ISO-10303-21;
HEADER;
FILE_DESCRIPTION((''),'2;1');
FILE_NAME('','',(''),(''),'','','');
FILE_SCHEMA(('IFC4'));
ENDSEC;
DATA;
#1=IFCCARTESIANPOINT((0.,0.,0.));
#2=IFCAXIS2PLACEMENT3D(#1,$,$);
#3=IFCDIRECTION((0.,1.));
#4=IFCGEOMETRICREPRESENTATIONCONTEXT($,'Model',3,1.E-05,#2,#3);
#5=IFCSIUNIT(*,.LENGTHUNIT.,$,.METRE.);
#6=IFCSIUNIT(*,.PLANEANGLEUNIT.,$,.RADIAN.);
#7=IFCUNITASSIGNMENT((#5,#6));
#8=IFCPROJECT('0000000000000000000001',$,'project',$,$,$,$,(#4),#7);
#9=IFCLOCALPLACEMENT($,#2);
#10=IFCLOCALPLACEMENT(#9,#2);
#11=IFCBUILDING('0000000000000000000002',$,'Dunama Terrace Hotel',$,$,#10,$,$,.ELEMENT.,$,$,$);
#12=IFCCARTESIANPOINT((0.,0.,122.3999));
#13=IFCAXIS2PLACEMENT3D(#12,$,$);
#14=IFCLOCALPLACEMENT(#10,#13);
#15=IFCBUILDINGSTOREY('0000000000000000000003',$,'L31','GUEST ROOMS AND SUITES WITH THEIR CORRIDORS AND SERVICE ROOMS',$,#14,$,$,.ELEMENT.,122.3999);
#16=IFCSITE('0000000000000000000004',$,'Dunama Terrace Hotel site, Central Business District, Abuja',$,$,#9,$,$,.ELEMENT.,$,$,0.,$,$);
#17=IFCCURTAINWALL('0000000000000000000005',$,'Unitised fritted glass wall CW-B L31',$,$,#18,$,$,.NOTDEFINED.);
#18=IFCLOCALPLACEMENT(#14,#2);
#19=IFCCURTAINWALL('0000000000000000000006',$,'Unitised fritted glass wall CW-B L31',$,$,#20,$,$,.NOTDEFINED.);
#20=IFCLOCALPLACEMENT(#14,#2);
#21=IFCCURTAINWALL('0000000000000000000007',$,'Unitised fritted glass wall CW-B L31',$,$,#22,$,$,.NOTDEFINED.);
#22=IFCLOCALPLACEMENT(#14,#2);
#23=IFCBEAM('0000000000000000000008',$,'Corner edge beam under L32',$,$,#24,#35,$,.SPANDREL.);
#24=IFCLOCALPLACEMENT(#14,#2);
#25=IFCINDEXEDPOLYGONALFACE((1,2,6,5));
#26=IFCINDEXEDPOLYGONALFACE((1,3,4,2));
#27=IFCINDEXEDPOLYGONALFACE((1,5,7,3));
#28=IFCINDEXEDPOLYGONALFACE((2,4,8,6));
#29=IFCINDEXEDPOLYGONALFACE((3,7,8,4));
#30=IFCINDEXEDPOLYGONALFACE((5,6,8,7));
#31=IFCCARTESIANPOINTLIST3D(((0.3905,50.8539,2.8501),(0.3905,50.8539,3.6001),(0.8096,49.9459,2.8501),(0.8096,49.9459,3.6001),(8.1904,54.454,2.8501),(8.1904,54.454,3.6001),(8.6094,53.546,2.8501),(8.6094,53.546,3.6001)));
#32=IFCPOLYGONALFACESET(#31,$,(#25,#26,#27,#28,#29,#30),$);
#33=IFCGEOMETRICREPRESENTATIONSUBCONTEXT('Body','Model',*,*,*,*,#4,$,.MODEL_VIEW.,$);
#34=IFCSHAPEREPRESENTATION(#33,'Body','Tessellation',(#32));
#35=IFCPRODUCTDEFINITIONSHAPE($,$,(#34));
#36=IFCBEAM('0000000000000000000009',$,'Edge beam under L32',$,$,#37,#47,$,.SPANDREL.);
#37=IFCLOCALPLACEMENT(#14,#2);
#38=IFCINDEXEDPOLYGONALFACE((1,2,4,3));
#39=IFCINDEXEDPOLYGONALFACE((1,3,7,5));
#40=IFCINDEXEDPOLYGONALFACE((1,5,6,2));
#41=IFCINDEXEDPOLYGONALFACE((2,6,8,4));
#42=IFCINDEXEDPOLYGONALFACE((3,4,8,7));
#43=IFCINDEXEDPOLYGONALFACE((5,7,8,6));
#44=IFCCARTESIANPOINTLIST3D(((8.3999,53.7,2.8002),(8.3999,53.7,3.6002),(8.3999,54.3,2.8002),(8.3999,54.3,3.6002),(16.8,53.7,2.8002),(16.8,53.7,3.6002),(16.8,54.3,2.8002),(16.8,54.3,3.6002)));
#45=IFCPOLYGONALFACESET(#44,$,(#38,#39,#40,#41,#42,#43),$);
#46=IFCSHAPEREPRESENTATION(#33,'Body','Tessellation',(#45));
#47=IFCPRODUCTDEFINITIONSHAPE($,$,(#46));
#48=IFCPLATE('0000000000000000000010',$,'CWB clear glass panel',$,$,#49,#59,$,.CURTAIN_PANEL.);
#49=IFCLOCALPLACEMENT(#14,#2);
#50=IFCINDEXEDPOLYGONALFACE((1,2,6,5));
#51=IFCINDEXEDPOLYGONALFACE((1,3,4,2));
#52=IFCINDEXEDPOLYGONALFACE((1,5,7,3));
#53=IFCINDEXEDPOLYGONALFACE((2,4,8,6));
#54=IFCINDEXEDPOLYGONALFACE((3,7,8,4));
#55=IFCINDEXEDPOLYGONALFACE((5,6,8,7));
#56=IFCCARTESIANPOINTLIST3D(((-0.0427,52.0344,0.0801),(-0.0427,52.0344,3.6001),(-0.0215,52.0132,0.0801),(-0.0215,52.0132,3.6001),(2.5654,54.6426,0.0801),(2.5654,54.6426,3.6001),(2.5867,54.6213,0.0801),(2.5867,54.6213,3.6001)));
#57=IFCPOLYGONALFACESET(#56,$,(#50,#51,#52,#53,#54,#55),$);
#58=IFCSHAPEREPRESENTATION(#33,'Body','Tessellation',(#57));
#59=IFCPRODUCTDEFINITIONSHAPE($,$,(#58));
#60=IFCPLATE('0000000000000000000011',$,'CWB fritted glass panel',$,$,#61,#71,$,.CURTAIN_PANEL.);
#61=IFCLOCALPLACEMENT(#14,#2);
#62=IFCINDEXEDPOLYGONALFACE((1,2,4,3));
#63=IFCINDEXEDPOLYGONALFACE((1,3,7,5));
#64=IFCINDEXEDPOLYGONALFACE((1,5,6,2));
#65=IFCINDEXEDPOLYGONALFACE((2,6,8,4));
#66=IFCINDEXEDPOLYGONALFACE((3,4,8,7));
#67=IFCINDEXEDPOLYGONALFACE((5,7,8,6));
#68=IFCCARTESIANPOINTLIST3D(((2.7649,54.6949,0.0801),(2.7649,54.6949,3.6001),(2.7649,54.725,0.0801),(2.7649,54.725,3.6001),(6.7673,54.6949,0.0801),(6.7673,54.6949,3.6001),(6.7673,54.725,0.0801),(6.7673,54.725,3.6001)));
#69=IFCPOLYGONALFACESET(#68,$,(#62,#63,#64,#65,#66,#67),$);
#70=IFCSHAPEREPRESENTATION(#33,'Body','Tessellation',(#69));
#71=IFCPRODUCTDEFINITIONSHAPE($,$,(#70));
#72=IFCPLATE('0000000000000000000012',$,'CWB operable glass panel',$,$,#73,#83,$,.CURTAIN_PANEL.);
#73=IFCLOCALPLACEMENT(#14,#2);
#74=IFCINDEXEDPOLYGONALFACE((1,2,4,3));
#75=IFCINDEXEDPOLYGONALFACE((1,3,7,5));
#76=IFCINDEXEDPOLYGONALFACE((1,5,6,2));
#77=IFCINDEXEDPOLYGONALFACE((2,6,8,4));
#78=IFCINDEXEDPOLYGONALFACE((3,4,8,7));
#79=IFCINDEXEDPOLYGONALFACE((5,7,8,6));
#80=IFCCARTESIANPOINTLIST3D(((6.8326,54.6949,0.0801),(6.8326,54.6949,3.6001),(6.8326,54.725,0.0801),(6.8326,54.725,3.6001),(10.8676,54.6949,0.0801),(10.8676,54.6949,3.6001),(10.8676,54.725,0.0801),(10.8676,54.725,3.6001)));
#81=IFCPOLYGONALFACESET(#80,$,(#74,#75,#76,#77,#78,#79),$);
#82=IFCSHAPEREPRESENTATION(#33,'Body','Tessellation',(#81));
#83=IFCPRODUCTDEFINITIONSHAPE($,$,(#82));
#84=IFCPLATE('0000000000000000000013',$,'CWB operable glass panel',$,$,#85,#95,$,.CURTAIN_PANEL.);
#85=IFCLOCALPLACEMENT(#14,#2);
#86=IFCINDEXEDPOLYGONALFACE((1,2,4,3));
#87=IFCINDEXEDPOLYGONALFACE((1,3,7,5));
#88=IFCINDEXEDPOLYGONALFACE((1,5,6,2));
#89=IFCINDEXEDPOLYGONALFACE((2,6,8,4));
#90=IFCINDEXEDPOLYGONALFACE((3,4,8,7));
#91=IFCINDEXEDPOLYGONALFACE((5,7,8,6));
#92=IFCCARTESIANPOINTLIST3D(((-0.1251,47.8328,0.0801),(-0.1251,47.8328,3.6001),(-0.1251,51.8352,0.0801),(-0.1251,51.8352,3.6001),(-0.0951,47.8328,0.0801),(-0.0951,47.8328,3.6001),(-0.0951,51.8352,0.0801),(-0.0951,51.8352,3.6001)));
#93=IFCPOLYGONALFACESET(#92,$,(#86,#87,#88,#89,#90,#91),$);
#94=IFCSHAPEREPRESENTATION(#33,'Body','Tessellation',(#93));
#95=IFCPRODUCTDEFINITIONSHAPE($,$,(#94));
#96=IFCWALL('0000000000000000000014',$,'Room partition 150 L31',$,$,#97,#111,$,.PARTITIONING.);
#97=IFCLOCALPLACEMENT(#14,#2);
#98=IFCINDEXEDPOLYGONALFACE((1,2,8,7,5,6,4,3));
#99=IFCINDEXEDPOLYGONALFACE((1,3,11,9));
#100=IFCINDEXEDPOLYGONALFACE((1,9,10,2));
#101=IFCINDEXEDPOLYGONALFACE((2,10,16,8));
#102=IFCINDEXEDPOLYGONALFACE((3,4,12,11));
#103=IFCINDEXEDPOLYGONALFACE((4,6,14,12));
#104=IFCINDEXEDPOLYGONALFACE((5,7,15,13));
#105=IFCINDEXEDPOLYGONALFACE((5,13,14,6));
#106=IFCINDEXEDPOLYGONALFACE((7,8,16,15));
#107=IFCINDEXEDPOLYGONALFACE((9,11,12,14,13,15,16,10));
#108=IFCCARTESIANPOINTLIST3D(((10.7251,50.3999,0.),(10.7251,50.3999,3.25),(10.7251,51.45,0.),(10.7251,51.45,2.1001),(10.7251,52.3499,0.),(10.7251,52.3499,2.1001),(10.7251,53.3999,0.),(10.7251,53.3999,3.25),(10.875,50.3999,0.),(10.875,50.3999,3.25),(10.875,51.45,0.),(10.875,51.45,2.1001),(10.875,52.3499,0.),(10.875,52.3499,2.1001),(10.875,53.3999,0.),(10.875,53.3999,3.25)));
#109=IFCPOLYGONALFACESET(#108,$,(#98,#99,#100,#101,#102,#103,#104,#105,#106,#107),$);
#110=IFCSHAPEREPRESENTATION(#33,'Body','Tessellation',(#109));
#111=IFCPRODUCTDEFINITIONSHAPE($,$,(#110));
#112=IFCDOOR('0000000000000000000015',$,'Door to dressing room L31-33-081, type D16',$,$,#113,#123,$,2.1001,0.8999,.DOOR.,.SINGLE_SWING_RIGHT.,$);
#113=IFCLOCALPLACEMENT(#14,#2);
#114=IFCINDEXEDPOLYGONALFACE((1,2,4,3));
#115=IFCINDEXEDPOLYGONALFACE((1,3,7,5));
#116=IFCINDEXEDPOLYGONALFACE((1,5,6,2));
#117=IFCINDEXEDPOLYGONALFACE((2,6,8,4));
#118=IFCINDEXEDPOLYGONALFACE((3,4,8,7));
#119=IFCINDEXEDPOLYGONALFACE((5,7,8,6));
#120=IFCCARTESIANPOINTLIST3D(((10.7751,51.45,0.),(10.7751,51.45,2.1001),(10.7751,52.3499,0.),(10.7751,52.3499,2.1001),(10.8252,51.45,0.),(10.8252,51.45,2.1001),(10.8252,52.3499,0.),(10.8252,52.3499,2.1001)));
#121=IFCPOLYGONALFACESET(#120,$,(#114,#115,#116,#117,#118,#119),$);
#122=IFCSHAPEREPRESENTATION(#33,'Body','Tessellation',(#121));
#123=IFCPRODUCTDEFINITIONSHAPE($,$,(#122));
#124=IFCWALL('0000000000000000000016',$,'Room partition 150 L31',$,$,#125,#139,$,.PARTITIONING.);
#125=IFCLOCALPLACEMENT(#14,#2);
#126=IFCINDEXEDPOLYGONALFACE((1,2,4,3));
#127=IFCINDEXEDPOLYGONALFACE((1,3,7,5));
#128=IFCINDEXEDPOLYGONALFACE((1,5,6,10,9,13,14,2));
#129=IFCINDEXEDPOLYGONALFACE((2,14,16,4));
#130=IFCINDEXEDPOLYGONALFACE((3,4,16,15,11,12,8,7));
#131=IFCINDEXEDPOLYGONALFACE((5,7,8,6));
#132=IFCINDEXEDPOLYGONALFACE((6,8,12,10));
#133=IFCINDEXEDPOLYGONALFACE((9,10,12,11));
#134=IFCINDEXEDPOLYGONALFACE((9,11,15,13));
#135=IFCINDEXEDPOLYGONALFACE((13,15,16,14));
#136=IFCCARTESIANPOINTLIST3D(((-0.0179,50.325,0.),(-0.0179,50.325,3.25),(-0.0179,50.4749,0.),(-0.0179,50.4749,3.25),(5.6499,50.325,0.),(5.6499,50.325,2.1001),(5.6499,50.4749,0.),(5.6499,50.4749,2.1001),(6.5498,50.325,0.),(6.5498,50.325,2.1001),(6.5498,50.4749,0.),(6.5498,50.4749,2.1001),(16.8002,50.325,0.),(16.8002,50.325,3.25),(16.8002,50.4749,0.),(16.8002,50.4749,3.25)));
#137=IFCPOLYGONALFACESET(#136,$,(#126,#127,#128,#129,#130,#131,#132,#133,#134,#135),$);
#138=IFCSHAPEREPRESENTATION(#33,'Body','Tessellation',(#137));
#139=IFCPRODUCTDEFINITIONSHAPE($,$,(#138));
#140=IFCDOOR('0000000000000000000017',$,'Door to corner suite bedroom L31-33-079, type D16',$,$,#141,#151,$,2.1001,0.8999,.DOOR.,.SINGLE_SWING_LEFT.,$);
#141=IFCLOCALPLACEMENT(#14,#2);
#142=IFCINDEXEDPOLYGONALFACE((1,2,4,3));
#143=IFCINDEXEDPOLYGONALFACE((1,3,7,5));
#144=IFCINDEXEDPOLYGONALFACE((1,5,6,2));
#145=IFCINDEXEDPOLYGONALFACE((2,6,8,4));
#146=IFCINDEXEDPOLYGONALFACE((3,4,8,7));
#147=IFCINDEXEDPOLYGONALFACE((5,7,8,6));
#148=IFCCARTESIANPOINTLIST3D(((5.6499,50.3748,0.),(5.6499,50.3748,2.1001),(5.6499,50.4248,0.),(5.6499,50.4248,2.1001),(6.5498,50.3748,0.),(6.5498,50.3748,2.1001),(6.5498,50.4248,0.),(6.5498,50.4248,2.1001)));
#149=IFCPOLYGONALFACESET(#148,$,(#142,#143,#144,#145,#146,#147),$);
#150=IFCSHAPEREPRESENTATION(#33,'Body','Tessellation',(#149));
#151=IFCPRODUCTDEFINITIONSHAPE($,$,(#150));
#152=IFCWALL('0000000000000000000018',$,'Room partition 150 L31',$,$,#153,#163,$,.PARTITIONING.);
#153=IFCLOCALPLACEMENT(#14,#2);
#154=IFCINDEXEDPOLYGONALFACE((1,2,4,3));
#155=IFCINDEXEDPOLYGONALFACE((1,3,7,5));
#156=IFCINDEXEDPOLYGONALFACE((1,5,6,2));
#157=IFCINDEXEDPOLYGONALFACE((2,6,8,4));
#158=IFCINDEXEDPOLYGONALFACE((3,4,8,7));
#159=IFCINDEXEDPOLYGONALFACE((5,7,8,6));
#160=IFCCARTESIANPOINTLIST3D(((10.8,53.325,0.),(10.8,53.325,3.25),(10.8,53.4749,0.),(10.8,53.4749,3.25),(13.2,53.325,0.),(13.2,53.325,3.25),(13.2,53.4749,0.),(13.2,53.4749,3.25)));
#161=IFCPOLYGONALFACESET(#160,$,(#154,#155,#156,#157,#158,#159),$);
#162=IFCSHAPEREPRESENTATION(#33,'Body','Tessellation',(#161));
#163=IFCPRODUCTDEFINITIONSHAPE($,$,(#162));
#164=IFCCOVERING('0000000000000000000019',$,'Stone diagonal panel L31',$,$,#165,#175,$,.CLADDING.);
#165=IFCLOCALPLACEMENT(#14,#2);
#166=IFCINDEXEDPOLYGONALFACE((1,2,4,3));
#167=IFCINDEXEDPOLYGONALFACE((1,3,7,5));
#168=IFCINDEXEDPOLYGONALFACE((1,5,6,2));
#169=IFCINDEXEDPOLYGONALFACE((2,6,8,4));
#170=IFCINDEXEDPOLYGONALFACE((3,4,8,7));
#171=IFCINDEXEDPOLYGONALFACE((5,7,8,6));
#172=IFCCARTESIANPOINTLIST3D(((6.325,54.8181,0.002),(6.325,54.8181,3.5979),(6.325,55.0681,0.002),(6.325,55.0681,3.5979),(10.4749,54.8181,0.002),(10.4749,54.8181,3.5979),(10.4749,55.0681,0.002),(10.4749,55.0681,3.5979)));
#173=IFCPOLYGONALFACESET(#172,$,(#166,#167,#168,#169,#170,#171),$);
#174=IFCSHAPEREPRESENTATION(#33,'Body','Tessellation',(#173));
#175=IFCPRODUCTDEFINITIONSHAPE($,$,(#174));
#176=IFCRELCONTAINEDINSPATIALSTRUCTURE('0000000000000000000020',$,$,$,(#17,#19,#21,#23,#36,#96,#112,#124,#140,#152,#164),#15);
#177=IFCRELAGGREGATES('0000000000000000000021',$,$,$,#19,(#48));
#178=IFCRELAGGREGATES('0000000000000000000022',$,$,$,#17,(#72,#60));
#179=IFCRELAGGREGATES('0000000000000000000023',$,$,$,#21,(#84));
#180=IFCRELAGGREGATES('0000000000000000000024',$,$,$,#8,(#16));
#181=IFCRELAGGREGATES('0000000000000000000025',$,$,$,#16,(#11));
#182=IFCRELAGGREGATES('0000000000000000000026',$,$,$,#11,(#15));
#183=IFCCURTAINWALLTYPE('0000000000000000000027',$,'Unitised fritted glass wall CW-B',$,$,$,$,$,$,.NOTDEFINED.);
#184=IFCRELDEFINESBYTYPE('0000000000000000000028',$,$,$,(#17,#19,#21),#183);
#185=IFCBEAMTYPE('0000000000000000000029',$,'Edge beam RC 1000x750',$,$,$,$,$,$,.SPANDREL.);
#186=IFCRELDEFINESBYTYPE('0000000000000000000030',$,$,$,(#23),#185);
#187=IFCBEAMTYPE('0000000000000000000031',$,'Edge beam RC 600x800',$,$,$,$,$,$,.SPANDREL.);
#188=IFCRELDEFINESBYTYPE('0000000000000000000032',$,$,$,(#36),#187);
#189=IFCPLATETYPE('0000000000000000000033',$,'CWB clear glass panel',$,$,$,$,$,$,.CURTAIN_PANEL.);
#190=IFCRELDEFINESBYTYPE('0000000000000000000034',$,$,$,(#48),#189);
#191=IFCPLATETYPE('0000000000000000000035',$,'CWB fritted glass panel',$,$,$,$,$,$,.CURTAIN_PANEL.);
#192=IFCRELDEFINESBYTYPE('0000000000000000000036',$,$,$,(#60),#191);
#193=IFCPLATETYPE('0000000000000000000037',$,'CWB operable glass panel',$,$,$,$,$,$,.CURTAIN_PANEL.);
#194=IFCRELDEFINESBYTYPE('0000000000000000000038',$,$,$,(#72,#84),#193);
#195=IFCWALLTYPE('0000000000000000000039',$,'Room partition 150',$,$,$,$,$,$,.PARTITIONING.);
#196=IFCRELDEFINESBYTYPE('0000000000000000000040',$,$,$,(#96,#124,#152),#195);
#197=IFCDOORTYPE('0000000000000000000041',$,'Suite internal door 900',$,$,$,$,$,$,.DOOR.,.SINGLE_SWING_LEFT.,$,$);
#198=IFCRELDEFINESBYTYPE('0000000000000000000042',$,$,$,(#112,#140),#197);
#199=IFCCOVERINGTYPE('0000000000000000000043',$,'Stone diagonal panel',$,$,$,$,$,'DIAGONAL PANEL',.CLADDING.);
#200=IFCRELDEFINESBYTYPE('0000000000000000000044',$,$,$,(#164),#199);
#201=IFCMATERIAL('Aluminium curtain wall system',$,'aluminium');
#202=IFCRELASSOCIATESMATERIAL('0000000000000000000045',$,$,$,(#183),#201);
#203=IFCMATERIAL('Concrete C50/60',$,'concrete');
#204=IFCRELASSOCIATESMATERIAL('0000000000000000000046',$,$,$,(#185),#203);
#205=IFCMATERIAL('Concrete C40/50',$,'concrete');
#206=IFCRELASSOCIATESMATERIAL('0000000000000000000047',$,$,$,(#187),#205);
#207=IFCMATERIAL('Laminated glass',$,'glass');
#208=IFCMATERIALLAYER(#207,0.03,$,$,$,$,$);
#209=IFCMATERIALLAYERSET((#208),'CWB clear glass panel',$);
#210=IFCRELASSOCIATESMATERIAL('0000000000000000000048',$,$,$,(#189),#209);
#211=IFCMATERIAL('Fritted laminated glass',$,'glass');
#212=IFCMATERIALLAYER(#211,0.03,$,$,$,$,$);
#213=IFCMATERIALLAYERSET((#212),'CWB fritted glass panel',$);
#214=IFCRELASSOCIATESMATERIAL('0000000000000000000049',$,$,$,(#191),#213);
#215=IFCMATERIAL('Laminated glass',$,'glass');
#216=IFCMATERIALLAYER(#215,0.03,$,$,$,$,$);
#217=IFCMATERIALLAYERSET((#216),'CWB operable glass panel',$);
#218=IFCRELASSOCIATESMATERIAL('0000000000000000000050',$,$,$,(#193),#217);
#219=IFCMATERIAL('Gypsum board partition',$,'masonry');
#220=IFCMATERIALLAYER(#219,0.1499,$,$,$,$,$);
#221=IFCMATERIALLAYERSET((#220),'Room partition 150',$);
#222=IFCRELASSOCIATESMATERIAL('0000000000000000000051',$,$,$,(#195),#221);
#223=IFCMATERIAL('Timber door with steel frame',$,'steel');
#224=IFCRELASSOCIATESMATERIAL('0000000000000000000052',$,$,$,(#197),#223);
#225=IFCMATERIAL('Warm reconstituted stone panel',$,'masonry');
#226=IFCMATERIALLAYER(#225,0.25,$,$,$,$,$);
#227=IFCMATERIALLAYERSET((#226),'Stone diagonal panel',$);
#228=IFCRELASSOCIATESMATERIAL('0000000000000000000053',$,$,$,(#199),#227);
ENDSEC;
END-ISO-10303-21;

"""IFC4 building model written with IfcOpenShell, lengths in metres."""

from ifc_helpers import new_model, si_unit, direction, frame, frame_2d, origin, origin_2d, place, context, subcontext, project, spatial, rectangle, extrude, material, layer, layer_set, material_profile, profile_set, type_object, element, fill, aggregate, save


model = new_model("IFC4")

# Units and contexts
model_context = context("Model", 3, precision=1e-05, world=origin(), true_north=direction((0.0, 1.0)))
body_context = subcontext(model_context, "Body", "Model", "MODEL_VIEW")
ifc_project = project(units=[si_unit("LENGTHUNIT", "METRE"), si_unit("PLANEANGLEUNIT", "RADIAN")], contexts=[model_context])

# Site, building, storey
site_placement = place(None, origin())
site = spatial("IfcSite", under=ifc_project, at=site_placement, Name="Dunama Terrace Hotel site, Central Business District, Abuja", CompositionType="ELEMENT", RefElevation=0.0)
building_placement = place(site_placement, origin())
building = spatial("IfcBuilding", under=site, at=building_placement, Name="Dunama Terrace Hotel", CompositionType="ELEMENT")
storey_placement = place(building_placement, frame((0.0, 0.0, 122.3999)))
storey = spatial("IfcBuildingStorey", under=building, at=storey_placement, Name="L31", Description="GUEST ROOMS AND SUITES WITH THEIR CORRIDORS AND SERVICE ROOMS", CompositionType="ELEMENT", Elevation=122.3999)

# Curtain walls
ifc_material_1 = material(Name="Aluminium curtain wall system", Category="aluminium")
curtain_wall_type = type_object("IfcCurtainWallType", Name="Unitised fritted glass wall CW-B", PredefinedType="NOTDEFINED", material=ifc_material_1)
curtain_wall_1_placement = place(storey_placement, origin())
curtain_wall_1 = element("IfcCurtainWall", 1, at=curtain_wall_1_placement, inside=storey, type_object=curtain_wall_type, Name="Unitised fritted glass wall CW-B L31", PredefinedType="NOTDEFINED")
curtain_wall_2_placement = place(storey_placement, origin())
curtain_wall_2 = element("IfcCurtainWall", 2, at=curtain_wall_2_placement, inside=storey, type_object=curtain_wall_type, Name="Unitised fritted glass wall CW-B L31", PredefinedType="NOTDEFINED")
curtain_wall_3_placement = place(storey_placement, origin())
curtain_wall_3 = element("IfcCurtainWall", 3, at=curtain_wall_3_placement, inside=storey, type_object=curtain_wall_type, Name="Unitised fritted glass wall CW-B L31", PredefinedType="NOTDEFINED")

# Beams
ifc_material_2 = material(Name="Concrete C50/60", Category="concrete")
ifc_material_profile_1 = material_profile(ifc_material_2, rectangle(XDim=1.0, YDim=0.75, at=origin_2d()), Name="RC 1000x750")
ifc_profile_set_1 = profile_set([ifc_material_profile_1], Name="Concrete C50/60")
beam_type_1 = type_object("IfcBeamType", Name="Edge beam RC 1000x750", PredefinedType="SPANDREL", material=ifc_profile_set_1)
beam_1_placement = place(storey_placement, frame((8.3999, 54.0, 3.2251), z_axis=(-0.907951, -0.419076, 0.0), x_axis=(0.419076, -0.907951, 0.0)))
element("IfcBeam", 4, at=beam_1_placement, inside=storey, type_object=beam_type_1, Name="Corner edge beam under L32", PredefinedType="SPANDREL", context=body_context, shape_type="SweptSolid", body=[
    extrude(rectangle(XDim=1.0, YDim=0.75, at=origin_2d()), origin(), (0.0, 0.0, 1.0), 8.5906),
])
ifc_material_3 = material(Name="Concrete C40/50", Category="concrete")
ifc_material_profile_2 = material_profile(ifc_material_3, rectangle(XDim=0.6001, YDim=0.8, at=origin_2d()), Name="RC 600x800")
ifc_profile_set_2 = profile_set([ifc_material_profile_2], Name="Concrete C40/50")
beam_type_2 = type_object("IfcBeamType", Name="Edge beam RC 600x800", PredefinedType="SPANDREL", material=ifc_profile_set_2)
beam_2_placement = place(storey_placement, frame((8.3999, 54.0, 3.2002), z_axis=(1.0, 0.0, 0.0), x_axis=(0.0, 1.0, 0.0)))
element("IfcBeam", 5, at=beam_2_placement, inside=storey, type_object=beam_type_2, Name="Edge beam under L32", PredefinedType="SPANDREL", context=body_context, shape_type="SweptSolid", body=[
    extrude(rectangle(XDim=0.6001, YDim=0.8, at=origin_2d()), origin(), (0.0, 0.0, 1.0), 8.4001),
])

# Plates
ifc_material_4 = material(Name="Laminated glass", Category="glass")
ifc_layer_1 = layer(ifc_material_4, 0.03)
ifc_layer_set_1 = layer_set([ifc_layer_1], Name="CWB clear glass panel")
plate_type_1 = type_object("IfcPlateType", Name="CWB clear glass panel", PredefinedType="CURTAIN_PANEL", material=ifc_layer_set_1)
plate_1_placement = place(storey_placement, frame((1.272, 53.3279, 0.0801), z_axis=(0.0, 0.0, 1.0), x_axis=(-0.707107, -0.707107, 0.0)))
plate_1 = element("IfcPlate", 6, at=plate_1_placement, type_object=plate_type_1, Name="CWB clear glass panel", PredefinedType="CURTAIN_PANEL", context=body_context, shape_type="SweptSolid", body=[
    extrude(rectangle(XDim=3.6885, YDim=0.03, at=origin_2d()), origin(), (0.0, 0.0, 1.0), 3.52),
])
aggregate(curtain_wall_2, [plate_1])
ifc_material_5 = material(Name="Fritted laminated glass", Category="glass")
ifc_layer_2 = layer(ifc_material_5, 0.03)
ifc_layer_set_2 = layer_set([ifc_layer_2], Name="CWB fritted glass panel")
plate_type_2 = type_object("IfcPlateType", Name="CWB fritted glass panel", PredefinedType="CURTAIN_PANEL", material=ifc_layer_set_2)
plate_2_placement = place(storey_placement, frame((4.7661, 54.71, 0.0801), z_axis=(0.0, 0.0, 1.0), x_axis=(-1.0, 0.0, 0.0)))
plate_2 = element("IfcPlate", 7, at=plate_2_placement, type_object=plate_type_2, Name="CWB fritted glass panel", PredefinedType="CURTAIN_PANEL", context=body_context, shape_type="SweptSolid", body=[
    extrude(rectangle(XDim=4.0024, YDim=0.03, at=origin_2d()), origin(), (0.0, 0.0, 1.0), 3.52),
])
ifc_material_6 = material(Name="Laminated glass", Category="glass")
ifc_layer_3 = layer(ifc_material_6, 0.03)
ifc_layer_set_3 = layer_set([ifc_layer_3], Name="CWB operable glass panel")
plate_type_3 = type_object("IfcPlateType", Name="CWB operable glass panel", PredefinedType="CURTAIN_PANEL", material=ifc_layer_set_3)
plate_3_placement = place(storey_placement, frame((8.8501, 54.71, 0.0801), z_axis=(0.0, 0.0, 1.0), x_axis=(-1.0, 0.0, 0.0)))
plate_3 = element("IfcPlate", 8, at=plate_3_placement, type_object=plate_type_3, Name="CWB operable glass panel", PredefinedType="CURTAIN_PANEL", context=body_context, shape_type="SweptSolid", body=[
    extrude(rectangle(XDim=4.0349, YDim=0.03, at=origin_2d()), origin(), (0.0, 0.0, 1.0), 3.52),
])
aggregate(curtain_wall_1, [plate_3, plate_2])
plate_4_placement = place(storey_placement, frame((-0.1101, 49.834, 0.0801), z_axis=(0.0, 0.0, 1.0), x_axis=(0.0, -1.0, 0.0)))
plate_4 = element("IfcPlate", 9, at=plate_4_placement, type_object=plate_type_3, Name="CWB operable glass panel", PredefinedType="CURTAIN_PANEL", context=body_context, shape_type="SweptSolid", body=[
    extrude(rectangle(XDim=4.0024, YDim=0.03, at=origin_2d()), origin(), (0.0, 0.0, 1.0), 3.52),
])
aggregate(curtain_wall_3, [plate_4])

# Walls, openings, doors
ifc_material_7 = material(Name="Gypsum board partition", Category="masonry")
ifc_layer_4 = layer(ifc_material_7, 0.1499)
ifc_layer_set_4 = layer_set([ifc_layer_4], Name="Room partition 150")
wall_type = type_object("IfcWallType", Name="Room partition 150", PredefinedType="PARTITIONING", material=ifc_layer_set_4)
wall_1_placement = place(storey_placement, frame((10.8, 50.3999, 0.0), z_axis=(0.0, 0.0, 1.0), x_axis=(0.0, 1.0, 0.0)))
wall_1 = element("IfcWall", 10, at=wall_1_placement, inside=storey, type_object=wall_type, Name="Room partition 150 L31", PredefinedType="PARTITIONING", context=body_context, shape_type="SweptSolid", body=[
    extrude(rectangle(XDim=3.0, YDim=0.1499, at=frame_2d((1.5, 0.0))), origin(), (0.0, 0.0, 1.0), 3.25),
])
opening_1_placement = place(wall_1_placement, frame((1.05, 0.0, 0.0)))
opening_1 = element("IfcOpeningElement", 11, at=opening_1_placement, cuts=wall_1, PredefinedType="OPENING", context=body_context, shape_type="SweptSolid", body=[
    extrude(rectangle(XDim=0.8999, YDim=2.1001, at=frame_2d((0.45, 1.05))), frame((0.0, 0.085, 0.0), z_axis=(0.0, -1.0, 0.0), x_axis=(1.0, 0.0, 0.0)), (0.0, 0.0, 1.0), 0.1699),
])
ifc_material_8 = material(Name="Timber door with steel frame", Category="steel")
door_type = type_object("IfcDoorType", Name="Suite internal door 900", OperationType="SINGLE_SWING_LEFT", PredefinedType="DOOR", material=ifc_material_8)
door_1_placement = place(opening_1_placement, frame((0.8999, 0.0, 0.0), z_axis=(0.0, 0.0, 1.0), x_axis=(-1.0, 0.0, 0.0)))
door_1 = element("IfcDoor", 12, at=door_1_placement, inside=storey, type_object=door_type, Name="Door to dressing room L31-33-081, type D16", OperationType="SINGLE_SWING_RIGHT", OverallHeight=2.1001, OverallWidth=0.8999, PredefinedType="DOOR", context=body_context, shape_type="SweptSolid", body=[
    extrude(rectangle(XDim=0.8999, YDim=2.1001, at=frame_2d((0.45, 1.05))), frame((0.0, 0.0251, 0.0), z_axis=(0.0, -1.0, 0.0), x_axis=(1.0, 0.0, 0.0)), (0.0, 0.0, 1.0), 0.05),
])
fill(opening_1, door_1)
wall_2_placement = place(storey_placement, frame((-0.0181, 50.3999, 0.0), z_axis=(0.0, 0.0, 1.0), x_axis=(1.0, 0.0, 0.0)))
wall_2 = element("IfcWall", 13, at=wall_2_placement, inside=storey, type_object=wall_type, Name="Room partition 150 L31", PredefinedType="PARTITIONING", context=body_context, shape_type="SweptSolid", body=[
    extrude(rectangle(XDim=16.8181, YDim=0.1499, at=frame_2d((8.4092, 0.0))), origin(), (0.0, 0.0, 1.0), 3.25),
])
opening_2_placement = place(wall_2_placement, frame((5.668, 0.0, 0.0)))
opening_2 = element("IfcOpeningElement", 14, at=opening_2_placement, cuts=wall_2, PredefinedType="OPENING", context=body_context, shape_type="SweptSolid", body=[
    extrude(rectangle(XDim=0.8999, YDim=2.1001, at=frame_2d((0.45, 1.05))), frame((0.0, 0.085, 0.0), z_axis=(0.0, -1.0, 0.0), x_axis=(1.0, 0.0, 0.0)), (0.0, 0.0, 1.0), 0.1699),
])
door_2_placement = place(opening_2_placement, origin())
door_2 = element("IfcDoor", 15, at=door_2_placement, inside=storey, type_object=door_type, Name="Door to corner suite bedroom L31-33-079, type D16", OperationType="SINGLE_SWING_LEFT", OverallHeight=2.1001, OverallWidth=0.8999, PredefinedType="DOOR", context=body_context, shape_type="SweptSolid", body=[
    extrude(rectangle(XDim=0.8999, YDim=2.1001, at=frame_2d((0.45, 1.05))), frame((0.0, 0.0249, 0.0), z_axis=(0.0, -1.0, 0.0), x_axis=(1.0, 0.0, 0.0)), (0.0, 0.0, 1.0), 0.05),
])
fill(opening_2, door_2)

# Wall
wall_3_placement = place(storey_placement, frame((10.8, 53.3999, 0.0), z_axis=(0.0, 0.0, 1.0), x_axis=(1.0, 0.0, 0.0)))
element("IfcWall", 16, at=wall_3_placement, inside=storey, type_object=wall_type, Name="Room partition 150 L31", PredefinedType="PARTITIONING", context=body_context, shape_type="SweptSolid", body=[
    extrude(rectangle(XDim=2.3999, YDim=0.1499, at=frame_2d((1.2, 0.0))), origin(), (0.0, 0.0, 1.0), 3.25),
])

# Covering
ifc_material_9 = material(Name="Warm reconstituted stone panel", Category="masonry")
ifc_layer_5 = layer(ifc_material_9, 0.25)
ifc_layer_set_5 = layer_set([ifc_layer_5], Name="Stone diagonal panel")
covering_type = type_object("IfcCoveringType", Name="Stone diagonal panel", ElementType="DIAGONAL PANEL", PredefinedType="CLADDING", material=ifc_layer_set_5)
covering_1_placement = place(storey_placement, frame((8.3999, 54.9431, 0.002), z_axis=(0.0, 0.0, 1.0), x_axis=(-1.0, 0.0, 0.0)))
element("IfcCovering", 17, at=covering_1_placement, inside=storey, type_object=covering_type, Name="Stone diagonal panel L31", PredefinedType="CLADDING", context=body_context, shape_type="SweptSolid", body=[
    extrude(rectangle(XDim=4.1499, YDim=0.25, at=origin_2d()), origin(), (0.0, 0.0, 1.0), 3.5959),
])

save(model, "model.ifc")
